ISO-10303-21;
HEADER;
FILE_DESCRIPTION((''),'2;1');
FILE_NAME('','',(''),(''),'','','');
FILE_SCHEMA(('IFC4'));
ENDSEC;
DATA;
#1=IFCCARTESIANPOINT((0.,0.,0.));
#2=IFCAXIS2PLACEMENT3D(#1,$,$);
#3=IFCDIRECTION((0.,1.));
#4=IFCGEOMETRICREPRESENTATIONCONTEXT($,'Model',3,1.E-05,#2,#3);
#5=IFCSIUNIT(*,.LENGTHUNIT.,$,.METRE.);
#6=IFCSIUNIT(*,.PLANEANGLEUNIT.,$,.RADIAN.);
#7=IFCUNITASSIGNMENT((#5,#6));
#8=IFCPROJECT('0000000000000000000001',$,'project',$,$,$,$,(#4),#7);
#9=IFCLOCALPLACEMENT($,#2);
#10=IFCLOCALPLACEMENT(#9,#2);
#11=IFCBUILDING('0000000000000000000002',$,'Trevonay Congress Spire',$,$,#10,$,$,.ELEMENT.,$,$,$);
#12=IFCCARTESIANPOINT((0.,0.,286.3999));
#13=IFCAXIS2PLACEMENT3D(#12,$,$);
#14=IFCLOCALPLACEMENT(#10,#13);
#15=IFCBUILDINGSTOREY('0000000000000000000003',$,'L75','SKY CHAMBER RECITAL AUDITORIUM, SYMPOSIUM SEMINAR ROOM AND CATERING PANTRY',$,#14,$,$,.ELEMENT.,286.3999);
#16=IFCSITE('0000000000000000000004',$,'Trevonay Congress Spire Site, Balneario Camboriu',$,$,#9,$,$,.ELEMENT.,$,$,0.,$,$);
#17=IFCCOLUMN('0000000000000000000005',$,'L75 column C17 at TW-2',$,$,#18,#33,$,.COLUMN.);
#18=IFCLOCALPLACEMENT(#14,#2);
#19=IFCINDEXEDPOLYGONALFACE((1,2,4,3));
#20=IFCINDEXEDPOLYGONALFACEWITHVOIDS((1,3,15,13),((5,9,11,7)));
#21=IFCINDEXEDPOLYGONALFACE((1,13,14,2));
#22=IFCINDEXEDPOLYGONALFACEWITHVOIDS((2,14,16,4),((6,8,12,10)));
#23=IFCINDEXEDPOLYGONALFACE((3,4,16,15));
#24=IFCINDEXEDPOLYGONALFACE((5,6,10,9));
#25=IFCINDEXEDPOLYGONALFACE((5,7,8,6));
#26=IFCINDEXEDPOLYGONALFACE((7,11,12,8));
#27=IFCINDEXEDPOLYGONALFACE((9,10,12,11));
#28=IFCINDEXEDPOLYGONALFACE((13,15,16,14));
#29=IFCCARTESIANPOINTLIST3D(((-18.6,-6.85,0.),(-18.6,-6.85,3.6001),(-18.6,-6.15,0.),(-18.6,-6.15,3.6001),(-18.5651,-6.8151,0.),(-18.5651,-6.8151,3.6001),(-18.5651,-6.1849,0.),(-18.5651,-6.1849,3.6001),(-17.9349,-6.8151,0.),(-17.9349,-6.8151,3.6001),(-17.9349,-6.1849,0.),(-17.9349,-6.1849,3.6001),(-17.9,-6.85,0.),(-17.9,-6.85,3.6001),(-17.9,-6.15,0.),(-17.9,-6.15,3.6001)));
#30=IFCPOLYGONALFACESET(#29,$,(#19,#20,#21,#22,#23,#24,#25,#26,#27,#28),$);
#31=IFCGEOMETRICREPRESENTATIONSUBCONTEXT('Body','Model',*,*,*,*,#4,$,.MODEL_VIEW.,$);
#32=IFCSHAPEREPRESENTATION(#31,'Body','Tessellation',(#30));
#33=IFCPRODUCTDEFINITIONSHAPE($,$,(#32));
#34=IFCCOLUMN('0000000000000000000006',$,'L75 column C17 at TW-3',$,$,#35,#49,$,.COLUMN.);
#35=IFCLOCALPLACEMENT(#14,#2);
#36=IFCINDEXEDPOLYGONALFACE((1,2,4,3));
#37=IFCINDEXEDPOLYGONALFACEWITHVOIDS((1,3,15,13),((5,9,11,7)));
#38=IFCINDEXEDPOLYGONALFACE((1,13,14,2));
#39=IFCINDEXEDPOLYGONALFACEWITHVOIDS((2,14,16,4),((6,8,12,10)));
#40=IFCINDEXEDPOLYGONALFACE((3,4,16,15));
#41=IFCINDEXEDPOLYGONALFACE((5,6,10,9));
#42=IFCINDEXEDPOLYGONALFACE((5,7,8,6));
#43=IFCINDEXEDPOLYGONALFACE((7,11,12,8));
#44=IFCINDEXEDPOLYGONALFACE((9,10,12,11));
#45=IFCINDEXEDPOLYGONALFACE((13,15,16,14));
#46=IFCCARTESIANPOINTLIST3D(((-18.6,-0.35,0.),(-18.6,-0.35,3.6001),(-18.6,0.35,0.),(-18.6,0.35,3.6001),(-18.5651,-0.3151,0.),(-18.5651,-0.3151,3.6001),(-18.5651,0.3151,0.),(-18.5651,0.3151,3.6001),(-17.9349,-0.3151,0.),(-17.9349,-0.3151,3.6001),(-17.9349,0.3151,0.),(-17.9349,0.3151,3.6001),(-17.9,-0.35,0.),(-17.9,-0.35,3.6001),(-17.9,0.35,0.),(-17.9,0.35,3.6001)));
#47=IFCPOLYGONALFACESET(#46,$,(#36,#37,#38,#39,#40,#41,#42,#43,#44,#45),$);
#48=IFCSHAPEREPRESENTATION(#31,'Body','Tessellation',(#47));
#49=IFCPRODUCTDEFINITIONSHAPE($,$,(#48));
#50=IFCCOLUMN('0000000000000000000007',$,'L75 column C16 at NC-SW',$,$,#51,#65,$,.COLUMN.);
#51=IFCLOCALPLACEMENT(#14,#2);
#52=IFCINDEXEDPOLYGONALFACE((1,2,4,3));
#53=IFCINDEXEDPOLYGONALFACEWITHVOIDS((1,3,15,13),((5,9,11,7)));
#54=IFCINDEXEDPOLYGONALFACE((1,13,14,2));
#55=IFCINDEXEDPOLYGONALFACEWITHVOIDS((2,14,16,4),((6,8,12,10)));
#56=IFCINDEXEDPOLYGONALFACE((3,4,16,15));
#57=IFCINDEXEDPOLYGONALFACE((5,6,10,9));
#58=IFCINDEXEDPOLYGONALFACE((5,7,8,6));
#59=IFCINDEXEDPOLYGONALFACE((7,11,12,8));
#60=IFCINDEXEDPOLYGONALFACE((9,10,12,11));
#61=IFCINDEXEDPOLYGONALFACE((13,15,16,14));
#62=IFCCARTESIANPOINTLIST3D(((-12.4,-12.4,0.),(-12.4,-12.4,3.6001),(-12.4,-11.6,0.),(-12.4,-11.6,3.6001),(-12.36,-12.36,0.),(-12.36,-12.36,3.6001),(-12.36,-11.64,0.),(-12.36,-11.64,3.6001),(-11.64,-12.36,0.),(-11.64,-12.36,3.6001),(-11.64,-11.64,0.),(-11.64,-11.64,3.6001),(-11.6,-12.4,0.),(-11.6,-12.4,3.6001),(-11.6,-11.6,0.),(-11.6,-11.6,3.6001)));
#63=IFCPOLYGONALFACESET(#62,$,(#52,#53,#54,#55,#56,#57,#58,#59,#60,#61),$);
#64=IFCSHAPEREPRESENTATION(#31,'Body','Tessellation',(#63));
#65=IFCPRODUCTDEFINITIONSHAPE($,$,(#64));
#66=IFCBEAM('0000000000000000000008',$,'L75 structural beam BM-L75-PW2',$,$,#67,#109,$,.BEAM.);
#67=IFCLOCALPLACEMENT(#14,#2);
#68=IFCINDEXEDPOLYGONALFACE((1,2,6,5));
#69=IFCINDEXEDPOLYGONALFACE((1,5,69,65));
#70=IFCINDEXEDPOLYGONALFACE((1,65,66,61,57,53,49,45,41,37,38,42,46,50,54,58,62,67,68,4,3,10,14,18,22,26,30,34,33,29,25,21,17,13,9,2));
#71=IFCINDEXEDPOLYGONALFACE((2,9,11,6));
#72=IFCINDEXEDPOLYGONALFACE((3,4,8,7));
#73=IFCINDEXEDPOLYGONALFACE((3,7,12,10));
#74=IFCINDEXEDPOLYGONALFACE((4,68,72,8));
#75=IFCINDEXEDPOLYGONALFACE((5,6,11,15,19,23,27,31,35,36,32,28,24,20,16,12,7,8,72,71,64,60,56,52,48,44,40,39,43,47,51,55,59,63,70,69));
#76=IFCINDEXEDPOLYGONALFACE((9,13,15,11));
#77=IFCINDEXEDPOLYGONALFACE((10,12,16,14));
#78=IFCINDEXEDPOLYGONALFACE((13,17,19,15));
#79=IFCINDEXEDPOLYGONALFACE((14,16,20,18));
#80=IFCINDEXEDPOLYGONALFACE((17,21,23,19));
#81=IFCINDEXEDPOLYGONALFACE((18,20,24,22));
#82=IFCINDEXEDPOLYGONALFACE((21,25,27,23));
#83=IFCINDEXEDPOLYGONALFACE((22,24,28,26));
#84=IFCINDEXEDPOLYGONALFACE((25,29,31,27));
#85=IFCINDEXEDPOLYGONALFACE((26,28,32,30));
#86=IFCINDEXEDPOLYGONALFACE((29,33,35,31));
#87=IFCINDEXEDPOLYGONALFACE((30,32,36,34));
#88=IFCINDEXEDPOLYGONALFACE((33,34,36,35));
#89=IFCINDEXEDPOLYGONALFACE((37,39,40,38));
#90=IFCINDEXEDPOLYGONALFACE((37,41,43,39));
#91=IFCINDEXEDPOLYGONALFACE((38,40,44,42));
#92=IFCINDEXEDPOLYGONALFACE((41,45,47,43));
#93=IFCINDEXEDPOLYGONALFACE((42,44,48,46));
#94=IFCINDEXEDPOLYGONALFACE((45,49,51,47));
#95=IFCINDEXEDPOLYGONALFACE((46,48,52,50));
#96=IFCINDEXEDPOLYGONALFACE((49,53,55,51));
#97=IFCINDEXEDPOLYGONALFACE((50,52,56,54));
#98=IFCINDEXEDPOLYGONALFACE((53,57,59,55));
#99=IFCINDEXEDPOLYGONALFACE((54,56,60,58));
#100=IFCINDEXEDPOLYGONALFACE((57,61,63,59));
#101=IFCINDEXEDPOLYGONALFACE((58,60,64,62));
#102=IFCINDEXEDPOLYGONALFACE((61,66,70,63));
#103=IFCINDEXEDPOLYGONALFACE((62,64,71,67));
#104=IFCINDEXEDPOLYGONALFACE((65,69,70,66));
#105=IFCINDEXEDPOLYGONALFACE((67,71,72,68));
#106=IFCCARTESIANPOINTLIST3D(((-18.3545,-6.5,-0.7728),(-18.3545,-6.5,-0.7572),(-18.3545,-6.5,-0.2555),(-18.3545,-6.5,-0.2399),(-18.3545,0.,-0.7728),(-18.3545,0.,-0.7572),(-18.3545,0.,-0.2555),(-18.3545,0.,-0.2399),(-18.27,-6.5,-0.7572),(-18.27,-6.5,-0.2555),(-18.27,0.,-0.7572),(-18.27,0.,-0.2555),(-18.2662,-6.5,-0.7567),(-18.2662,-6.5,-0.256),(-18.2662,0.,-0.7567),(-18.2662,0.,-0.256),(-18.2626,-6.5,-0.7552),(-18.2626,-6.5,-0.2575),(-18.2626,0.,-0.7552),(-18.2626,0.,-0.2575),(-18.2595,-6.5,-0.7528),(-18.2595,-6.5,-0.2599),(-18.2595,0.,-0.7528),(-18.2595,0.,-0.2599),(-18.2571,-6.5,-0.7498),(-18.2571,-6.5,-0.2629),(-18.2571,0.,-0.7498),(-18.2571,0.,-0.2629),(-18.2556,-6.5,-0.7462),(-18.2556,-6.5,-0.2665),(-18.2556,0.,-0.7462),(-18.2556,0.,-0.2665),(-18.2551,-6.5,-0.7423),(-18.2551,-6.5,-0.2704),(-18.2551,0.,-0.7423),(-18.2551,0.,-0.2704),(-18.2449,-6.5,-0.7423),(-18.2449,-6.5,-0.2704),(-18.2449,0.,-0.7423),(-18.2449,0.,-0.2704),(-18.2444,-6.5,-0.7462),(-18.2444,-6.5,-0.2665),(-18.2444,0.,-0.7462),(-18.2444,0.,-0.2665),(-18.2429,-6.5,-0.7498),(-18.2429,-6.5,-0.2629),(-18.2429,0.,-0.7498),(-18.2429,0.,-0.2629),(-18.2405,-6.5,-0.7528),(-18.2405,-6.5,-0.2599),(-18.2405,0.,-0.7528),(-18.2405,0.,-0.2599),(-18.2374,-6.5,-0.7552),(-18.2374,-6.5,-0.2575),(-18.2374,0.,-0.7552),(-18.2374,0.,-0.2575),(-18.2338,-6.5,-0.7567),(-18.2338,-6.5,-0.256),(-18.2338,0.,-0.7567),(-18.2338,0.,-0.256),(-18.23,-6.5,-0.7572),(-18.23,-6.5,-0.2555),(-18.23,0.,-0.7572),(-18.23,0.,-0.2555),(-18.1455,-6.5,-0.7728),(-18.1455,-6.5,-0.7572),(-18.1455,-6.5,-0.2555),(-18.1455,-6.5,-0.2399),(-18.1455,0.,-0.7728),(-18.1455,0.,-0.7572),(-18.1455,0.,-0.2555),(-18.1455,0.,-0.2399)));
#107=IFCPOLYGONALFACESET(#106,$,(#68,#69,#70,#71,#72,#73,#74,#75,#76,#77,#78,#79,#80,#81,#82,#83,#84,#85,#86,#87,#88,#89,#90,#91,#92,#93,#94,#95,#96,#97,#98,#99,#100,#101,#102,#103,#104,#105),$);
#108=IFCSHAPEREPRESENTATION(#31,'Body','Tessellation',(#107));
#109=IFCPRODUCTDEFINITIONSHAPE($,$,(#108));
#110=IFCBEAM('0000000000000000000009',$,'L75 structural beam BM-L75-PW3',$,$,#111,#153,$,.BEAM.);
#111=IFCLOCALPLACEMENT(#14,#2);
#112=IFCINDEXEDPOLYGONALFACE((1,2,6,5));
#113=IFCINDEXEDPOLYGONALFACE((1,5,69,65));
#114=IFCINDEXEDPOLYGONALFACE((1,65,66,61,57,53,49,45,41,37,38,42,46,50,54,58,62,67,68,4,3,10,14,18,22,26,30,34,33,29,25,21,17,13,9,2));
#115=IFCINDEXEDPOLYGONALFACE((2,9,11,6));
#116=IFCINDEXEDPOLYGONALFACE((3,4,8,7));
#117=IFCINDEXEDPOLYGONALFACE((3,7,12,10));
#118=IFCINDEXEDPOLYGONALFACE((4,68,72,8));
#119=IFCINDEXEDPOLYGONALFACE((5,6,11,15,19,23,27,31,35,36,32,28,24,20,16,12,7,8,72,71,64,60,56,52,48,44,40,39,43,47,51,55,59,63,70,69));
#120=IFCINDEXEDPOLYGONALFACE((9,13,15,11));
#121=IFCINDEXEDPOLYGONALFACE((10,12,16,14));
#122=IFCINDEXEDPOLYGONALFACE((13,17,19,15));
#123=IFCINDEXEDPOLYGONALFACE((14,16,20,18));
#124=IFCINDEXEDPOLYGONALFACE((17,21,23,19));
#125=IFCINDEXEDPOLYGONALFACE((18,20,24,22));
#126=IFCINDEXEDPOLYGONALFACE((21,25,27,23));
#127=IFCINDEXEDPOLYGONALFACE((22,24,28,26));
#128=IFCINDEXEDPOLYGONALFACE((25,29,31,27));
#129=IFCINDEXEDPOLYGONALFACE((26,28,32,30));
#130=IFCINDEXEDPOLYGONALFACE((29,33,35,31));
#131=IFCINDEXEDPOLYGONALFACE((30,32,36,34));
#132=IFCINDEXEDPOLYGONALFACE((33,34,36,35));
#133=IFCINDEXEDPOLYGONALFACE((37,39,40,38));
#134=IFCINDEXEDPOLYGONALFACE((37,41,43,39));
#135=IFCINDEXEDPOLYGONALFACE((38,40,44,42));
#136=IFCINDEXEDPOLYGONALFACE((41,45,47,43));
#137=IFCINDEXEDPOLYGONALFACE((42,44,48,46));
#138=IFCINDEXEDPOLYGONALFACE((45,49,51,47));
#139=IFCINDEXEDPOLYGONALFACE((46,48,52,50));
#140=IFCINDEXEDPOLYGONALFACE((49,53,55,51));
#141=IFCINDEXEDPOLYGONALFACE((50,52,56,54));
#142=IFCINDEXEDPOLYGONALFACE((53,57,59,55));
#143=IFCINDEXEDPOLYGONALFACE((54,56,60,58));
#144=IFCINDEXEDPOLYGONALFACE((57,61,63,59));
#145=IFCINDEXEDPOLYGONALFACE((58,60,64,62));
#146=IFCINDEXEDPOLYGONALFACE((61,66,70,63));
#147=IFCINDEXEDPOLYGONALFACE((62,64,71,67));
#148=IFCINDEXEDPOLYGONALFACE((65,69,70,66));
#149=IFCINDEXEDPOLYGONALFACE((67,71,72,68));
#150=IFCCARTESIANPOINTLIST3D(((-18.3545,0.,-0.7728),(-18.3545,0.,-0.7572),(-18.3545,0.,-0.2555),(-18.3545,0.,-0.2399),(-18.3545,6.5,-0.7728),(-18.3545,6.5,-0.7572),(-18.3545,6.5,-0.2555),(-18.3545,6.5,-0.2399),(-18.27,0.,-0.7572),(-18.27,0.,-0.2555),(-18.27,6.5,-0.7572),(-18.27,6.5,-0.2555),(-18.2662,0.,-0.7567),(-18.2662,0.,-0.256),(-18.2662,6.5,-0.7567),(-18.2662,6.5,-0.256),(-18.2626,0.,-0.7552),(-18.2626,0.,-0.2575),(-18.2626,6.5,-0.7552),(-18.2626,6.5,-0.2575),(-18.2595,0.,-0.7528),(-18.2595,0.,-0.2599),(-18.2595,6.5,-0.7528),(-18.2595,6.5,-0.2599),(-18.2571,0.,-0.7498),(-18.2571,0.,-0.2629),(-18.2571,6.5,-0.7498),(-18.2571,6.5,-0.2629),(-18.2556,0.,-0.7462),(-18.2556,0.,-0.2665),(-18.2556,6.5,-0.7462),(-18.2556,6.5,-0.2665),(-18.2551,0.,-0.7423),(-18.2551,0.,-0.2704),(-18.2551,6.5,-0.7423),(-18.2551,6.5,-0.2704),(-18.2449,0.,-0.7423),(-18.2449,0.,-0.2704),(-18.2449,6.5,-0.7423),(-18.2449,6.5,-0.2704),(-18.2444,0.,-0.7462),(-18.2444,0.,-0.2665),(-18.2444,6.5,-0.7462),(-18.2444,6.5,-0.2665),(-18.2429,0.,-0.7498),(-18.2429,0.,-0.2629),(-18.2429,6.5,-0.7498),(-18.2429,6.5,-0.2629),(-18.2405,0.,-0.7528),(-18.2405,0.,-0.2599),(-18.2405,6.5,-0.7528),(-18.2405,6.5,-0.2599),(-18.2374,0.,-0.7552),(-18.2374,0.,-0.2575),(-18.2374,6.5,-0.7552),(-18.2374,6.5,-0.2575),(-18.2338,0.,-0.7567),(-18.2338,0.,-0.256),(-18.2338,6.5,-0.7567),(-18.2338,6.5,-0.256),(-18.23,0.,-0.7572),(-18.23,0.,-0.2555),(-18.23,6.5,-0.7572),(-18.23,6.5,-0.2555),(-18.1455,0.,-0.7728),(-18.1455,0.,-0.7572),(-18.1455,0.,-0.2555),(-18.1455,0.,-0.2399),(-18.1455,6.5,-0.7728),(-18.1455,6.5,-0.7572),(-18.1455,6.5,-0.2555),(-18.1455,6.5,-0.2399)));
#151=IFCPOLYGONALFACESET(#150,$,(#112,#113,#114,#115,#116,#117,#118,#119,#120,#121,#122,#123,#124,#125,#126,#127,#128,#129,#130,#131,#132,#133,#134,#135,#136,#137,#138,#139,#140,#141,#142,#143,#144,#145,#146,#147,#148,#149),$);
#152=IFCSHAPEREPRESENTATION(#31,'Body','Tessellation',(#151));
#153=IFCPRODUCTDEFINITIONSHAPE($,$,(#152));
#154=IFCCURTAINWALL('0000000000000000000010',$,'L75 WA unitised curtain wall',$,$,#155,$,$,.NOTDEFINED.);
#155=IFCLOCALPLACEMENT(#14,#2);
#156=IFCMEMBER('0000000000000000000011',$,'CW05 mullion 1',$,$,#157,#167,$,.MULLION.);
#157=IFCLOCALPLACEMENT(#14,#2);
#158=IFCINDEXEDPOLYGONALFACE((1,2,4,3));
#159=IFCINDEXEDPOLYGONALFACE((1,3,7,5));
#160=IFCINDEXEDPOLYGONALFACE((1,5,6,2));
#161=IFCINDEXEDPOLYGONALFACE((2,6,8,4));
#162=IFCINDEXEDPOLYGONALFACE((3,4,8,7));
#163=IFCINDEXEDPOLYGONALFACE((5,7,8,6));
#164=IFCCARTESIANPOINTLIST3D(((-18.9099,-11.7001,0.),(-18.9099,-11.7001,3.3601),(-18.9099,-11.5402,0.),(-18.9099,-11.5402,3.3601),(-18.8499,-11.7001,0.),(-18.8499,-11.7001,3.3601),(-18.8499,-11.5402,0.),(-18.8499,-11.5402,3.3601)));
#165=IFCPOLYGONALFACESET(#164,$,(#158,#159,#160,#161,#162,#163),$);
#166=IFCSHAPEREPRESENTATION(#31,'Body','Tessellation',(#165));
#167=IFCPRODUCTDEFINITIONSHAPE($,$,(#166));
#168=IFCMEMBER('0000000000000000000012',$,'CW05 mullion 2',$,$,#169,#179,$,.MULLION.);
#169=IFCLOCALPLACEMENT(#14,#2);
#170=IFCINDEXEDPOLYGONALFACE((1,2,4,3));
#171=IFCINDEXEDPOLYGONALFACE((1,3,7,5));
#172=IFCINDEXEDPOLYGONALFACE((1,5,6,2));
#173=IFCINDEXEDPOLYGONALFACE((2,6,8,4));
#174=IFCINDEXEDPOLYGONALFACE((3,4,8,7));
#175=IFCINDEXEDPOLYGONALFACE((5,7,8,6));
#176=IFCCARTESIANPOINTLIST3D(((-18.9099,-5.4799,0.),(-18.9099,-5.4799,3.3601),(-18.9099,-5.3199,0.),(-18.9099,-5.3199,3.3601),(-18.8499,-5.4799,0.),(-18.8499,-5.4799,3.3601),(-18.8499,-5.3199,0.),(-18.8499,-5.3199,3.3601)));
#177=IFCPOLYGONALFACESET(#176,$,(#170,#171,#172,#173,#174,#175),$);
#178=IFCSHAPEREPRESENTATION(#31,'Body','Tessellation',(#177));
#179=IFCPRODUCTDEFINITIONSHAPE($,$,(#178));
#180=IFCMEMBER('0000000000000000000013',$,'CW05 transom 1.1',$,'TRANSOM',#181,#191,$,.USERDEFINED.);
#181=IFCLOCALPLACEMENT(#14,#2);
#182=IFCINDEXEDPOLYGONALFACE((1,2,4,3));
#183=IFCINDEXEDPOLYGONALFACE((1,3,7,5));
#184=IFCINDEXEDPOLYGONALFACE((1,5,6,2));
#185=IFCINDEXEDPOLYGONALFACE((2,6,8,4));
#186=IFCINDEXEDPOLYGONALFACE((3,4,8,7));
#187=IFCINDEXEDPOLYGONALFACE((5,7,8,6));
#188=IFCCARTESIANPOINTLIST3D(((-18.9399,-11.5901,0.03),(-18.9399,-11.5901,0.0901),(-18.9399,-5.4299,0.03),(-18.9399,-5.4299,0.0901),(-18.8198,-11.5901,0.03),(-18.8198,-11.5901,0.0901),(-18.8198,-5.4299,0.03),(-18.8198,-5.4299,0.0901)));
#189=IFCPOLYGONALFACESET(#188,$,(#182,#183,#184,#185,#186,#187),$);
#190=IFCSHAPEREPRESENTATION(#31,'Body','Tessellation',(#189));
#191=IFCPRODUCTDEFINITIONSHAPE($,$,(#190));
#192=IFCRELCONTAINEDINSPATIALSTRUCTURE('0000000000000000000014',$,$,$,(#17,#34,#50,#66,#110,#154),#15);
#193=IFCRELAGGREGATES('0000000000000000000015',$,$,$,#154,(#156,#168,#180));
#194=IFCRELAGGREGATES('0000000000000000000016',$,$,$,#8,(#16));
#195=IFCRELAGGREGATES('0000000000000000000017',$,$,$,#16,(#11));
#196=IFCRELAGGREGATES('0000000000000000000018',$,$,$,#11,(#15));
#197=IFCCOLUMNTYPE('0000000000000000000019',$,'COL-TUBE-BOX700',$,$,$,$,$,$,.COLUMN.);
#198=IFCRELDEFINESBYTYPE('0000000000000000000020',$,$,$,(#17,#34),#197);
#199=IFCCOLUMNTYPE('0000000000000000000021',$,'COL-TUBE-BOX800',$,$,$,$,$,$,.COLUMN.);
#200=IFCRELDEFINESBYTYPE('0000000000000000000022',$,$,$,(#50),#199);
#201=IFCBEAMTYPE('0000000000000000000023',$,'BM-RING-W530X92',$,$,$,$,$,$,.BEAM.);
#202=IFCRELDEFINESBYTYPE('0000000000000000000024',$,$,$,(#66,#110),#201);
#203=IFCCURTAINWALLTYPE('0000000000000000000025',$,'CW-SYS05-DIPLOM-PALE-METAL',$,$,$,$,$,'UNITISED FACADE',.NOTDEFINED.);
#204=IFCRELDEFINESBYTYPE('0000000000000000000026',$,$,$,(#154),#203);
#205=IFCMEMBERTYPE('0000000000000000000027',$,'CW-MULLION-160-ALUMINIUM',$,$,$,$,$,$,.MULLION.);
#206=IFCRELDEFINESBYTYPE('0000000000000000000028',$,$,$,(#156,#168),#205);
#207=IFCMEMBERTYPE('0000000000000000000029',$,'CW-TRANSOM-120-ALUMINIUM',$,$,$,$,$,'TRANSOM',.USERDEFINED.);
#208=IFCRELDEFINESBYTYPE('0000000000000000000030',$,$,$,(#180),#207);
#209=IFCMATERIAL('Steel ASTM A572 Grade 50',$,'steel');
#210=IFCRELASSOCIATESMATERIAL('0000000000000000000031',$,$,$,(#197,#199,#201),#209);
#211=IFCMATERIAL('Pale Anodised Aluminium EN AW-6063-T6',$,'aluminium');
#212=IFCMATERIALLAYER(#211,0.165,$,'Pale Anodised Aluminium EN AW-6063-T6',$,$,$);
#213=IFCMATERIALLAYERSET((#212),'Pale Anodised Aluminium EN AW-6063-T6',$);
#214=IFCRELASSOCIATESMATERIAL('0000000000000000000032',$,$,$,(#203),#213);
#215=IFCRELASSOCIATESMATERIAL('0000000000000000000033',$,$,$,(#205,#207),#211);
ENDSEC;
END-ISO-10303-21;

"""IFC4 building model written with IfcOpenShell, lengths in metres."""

from ifc_helpers import new_model, si_unit, direction, frame, origin, origin_2d, place, context, subcontext, project, spatial, rectangle, hollow_rectangle, i_section, extrude, material, layer, layer_set, material_profile, profile_set, type_object, element, aggregate, save


model = new_model("IFC4")

# Units and contexts
model_context = context("Model", 3, precision=1e-05, world=origin(), true_north=direction((0.0, 1.0)))
body_context = subcontext(model_context, "Body", "Model", "MODEL_VIEW")
ifc_project = project(units=[si_unit("LENGTHUNIT", "METRE"), si_unit("PLANEANGLEUNIT", "RADIAN")], contexts=[model_context])

# Site, building, storey
site_placement = place(None, origin())
site = spatial("IfcSite", under=ifc_project, at=site_placement, Name="Trevonay Congress Spire Site, Balneario Camboriu", CompositionType="ELEMENT", RefElevation=0.0)
building_placement = place(site_placement, origin())
building = spatial("IfcBuilding", under=site, at=building_placement, Name="Trevonay Congress Spire", CompositionType="ELEMENT")
storey_placement = place(building_placement, frame((0.0, 0.0, 286.3999)))
storey = spatial("IfcBuildingStorey", under=building, at=storey_placement, Name="L75", Description="SKY CHAMBER RECITAL AUDITORIUM, SYMPOSIUM SEMINAR ROOM AND CATERING PANTRY", CompositionType="ELEMENT", Elevation=286.3999)

# Columns
ifc_material_1 = material(Name="Steel ASTM A572 Grade 50", Category="steel")
ifc_material_profile_1 = material_profile(ifc_material_1, hollow_rectangle(XDim=0.7, YDim=0.7, WallThickness=0.0349, at=origin_2d()), Name="BOX 700x700x35")
ifc_profile_set_1 = profile_set([ifc_material_profile_1], Name="Steel ASTM A572 Grade 50")
column_type_1 = type_object("IfcColumnType", Name="COL-TUBE-BOX700", PredefinedType="COLUMN", material=ifc_profile_set_1)
for number, where, z_axis, x_axis, name in (
    (1, (-18.25, -6.5, 0.0), (0.0, 0.0, 1.0), (1.0, 0.0, 0.0), "L75 column C17 at TW-2"),
    (2, (-18.25, 0.0, 0.0), (0.0, 0.0, 1.0), (1.0, 0.0, 0.0), "L75 column C17 at TW-3"),
):
    element("IfcColumn", number, at=place(storey_placement, frame(where, z_axis=z_axis, x_axis=x_axis)), inside=storey, type_object=column_type_1, Name=name, PredefinedType="COLUMN", context=body_context, shape_type="SweptSolid", body=[
        extrude(hollow_rectangle(XDim=0.7, YDim=0.7, WallThickness=0.0349, at=origin_2d()), origin(), (0.0, 0.0, 1.0), 3.6001),
    ])
ifc_material_profile_2 = material_profile(ifc_material_1, hollow_rectangle(XDim=0.8, YDim=0.8, WallThickness=0.04, at=origin_2d()), Name="BOX 800x800x40")
ifc_profile_set_2 = profile_set([ifc_material_profile_2], Name="Steel ASTM A572 Grade 50")
column_type_2 = type_object("IfcColumnType", Name="COL-TUBE-BOX800", PredefinedType="COLUMN", material=ifc_profile_set_2)
column_placement = place(storey_placement, frame((-12.0, -12.0, 0.0), z_axis=(0.0, 0.0, 1.0), x_axis=(1.0, 0.0, 0.0)))
element("IfcColumn", 3, at=column_placement, inside=storey, type_object=column_type_2, Name="L75 column C16 at NC-SW", PredefinedType="COLUMN", context=body_context, shape_type="SweptSolid", body=[
    extrude(hollow_rectangle(XDim=0.8, YDim=0.8, WallThickness=0.04, at=origin_2d()), origin(), (0.0, 0.0, 1.0), 3.6001),
])

# Beams
ifc_material_profile_3 = material_profile(ifc_material_1, i_section(OverallWidth=0.209, OverallDepth=0.533, WebThickness=0.0103, FlangeThickness=0.0156, FilletRadius=0.0149, at=origin_2d()), Name="W530x92")
ifc_profile_set_3 = profile_set([ifc_material_profile_3], Name="Steel ASTM A572 Grade 50")
beam_type = type_object("IfcBeamType", Name="BM-RING-W530X92", PredefinedType="BEAM", material=ifc_profile_set_3)
for number, where, z_axis, x_axis, name in (
    (4, (-18.25, -6.5, -0.5063), (0.0, 1.0, 0.0), (-1.0, 0.0, 0.0), "L75 structural beam BM-L75-PW2"),
    (5, (-18.25, 0.0, -0.5063), (0.0, 1.0, 0.0), (-1.0, 0.0, 0.0), "L75 structural beam BM-L75-PW3"),
):
    element("IfcBeam", number, at=place(storey_placement, frame(where, z_axis=z_axis, x_axis=x_axis)), inside=storey, type_object=beam_type, Name=name, PredefinedType="BEAM", context=body_context, shape_type="SweptSolid", body=[
        extrude(i_section(OverallWidth=0.209, OverallDepth=0.533, WebThickness=0.0103, FlangeThickness=0.0156, FilletRadius=0.0149, at=origin_2d()), origin(), (0.0, 0.0, 1.0), 6.5),
    ])

# Curtain wall, members
ifc_material_2 = material(Name="Pale Anodised Aluminium EN AW-6063-T6", Category="aluminium")
ifc_layer_1 = layer(ifc_material_2, 0.165, Name="Pale Anodised Aluminium EN AW-6063-T6")
ifc_layer_set_1 = layer_set([ifc_layer_1], Name="Pale Anodised Aluminium EN AW-6063-T6")
curtain_wall_type = type_object("IfcCurtainWallType", Name="CW-SYS05-DIPLOM-PALE-METAL", ElementType="UNITISED FACADE", PredefinedType="NOTDEFINED", material=ifc_layer_set_1)
curtain_wall_placement = place(storey_placement, origin())
curtain_wall = element("IfcCurtainWall", 6, at=curtain_wall_placement, inside=storey, type_object=curtain_wall_type, Name="L75 WA unitised curtain wall", PredefinedType="NOTDEFINED")
ifc_material_profile_4 = material_profile(ifc_material_2, rectangle(XDim=0.0601, YDim=0.1599, at=origin_2d()), Name="CW-MULLION-160-ALUMINIUM")
ifc_profile_set_4 = profile_set([ifc_material_profile_4], Name="Pale Anodised Aluminium EN AW-6063-T6")
member_type_1 = type_object("IfcMemberType", Name="CW-MULLION-160-ALUMINIUM", PredefinedType="MULLION", material=ifc_profile_set_4)
member_1_placement = place(storey_placement, frame((-18.8799, -11.6201, 0.0), z_axis=(0.0, 0.0, 1.0), x_axis=(-1.0, 0.0, 0.0)))
member_1 = element("IfcMember", 7, at=member_1_placement, type_object=member_type_1, Name="CW05 mullion 1", PredefinedType="MULLION", context=body_context, shape_type="SweptSolid", body=[
    extrude(rectangle(XDim=0.0601, YDim=0.1599, at=origin_2d()), origin(), (0.0, 0.0, 1.0), 3.3601),
])
member_2_placement = place(storey_placement, frame((-18.8799, -5.3999, 0.0), z_axis=(0.0, 0.0, 1.0), x_axis=(-1.0, 0.0, 0.0)))
member_2 = element("IfcMember", 8, at=member_2_placement, type_object=member_type_1, Name="CW05 mullion 2", PredefinedType="MULLION", context=body_context, shape_type="SweptSolid", body=[
    extrude(rectangle(XDim=0.0601, YDim=0.1599, at=origin_2d()), origin(), (0.0, 0.0, 1.0), 3.3601),
])
ifc_material_profile_5 = material_profile(ifc_material_2, rectangle(XDim=0.1201, YDim=0.0601, at=origin_2d()), Name="CW-TRANSOM-120-ALUMINIUM")
ifc_profile_set_5 = profile_set([ifc_material_profile_5], Name="Pale Anodised Aluminium EN AW-6063-T6")
member_type_2 = type_object("IfcMemberType", Name="CW-TRANSOM-120-ALUMINIUM", ElementType="TRANSOM", PredefinedType="USERDEFINED", material=ifc_profile_set_5)
member_3_placement = place(storey_placement, frame((-18.8799, -11.5901, 0.0601), z_axis=(0.0, 1.0, 0.0), x_axis=(-1.0, 0.0, 0.0)))
member_3 = element("IfcMember", 9, at=member_3_placement, type_object=member_type_2, Name="CW05 transom 1.1", ObjectType="TRANSOM", PredefinedType="USERDEFINED", context=body_context, shape_type="SweptSolid", body=[
    extrude(rectangle(XDim=0.1201, YDim=0.0601, at=origin_2d()), origin(), (0.0, 0.0, 1.0), 6.1602),
])
aggregate(curtain_wall, [member_1, member_2, member_3])

save(model, "model.ifc")
